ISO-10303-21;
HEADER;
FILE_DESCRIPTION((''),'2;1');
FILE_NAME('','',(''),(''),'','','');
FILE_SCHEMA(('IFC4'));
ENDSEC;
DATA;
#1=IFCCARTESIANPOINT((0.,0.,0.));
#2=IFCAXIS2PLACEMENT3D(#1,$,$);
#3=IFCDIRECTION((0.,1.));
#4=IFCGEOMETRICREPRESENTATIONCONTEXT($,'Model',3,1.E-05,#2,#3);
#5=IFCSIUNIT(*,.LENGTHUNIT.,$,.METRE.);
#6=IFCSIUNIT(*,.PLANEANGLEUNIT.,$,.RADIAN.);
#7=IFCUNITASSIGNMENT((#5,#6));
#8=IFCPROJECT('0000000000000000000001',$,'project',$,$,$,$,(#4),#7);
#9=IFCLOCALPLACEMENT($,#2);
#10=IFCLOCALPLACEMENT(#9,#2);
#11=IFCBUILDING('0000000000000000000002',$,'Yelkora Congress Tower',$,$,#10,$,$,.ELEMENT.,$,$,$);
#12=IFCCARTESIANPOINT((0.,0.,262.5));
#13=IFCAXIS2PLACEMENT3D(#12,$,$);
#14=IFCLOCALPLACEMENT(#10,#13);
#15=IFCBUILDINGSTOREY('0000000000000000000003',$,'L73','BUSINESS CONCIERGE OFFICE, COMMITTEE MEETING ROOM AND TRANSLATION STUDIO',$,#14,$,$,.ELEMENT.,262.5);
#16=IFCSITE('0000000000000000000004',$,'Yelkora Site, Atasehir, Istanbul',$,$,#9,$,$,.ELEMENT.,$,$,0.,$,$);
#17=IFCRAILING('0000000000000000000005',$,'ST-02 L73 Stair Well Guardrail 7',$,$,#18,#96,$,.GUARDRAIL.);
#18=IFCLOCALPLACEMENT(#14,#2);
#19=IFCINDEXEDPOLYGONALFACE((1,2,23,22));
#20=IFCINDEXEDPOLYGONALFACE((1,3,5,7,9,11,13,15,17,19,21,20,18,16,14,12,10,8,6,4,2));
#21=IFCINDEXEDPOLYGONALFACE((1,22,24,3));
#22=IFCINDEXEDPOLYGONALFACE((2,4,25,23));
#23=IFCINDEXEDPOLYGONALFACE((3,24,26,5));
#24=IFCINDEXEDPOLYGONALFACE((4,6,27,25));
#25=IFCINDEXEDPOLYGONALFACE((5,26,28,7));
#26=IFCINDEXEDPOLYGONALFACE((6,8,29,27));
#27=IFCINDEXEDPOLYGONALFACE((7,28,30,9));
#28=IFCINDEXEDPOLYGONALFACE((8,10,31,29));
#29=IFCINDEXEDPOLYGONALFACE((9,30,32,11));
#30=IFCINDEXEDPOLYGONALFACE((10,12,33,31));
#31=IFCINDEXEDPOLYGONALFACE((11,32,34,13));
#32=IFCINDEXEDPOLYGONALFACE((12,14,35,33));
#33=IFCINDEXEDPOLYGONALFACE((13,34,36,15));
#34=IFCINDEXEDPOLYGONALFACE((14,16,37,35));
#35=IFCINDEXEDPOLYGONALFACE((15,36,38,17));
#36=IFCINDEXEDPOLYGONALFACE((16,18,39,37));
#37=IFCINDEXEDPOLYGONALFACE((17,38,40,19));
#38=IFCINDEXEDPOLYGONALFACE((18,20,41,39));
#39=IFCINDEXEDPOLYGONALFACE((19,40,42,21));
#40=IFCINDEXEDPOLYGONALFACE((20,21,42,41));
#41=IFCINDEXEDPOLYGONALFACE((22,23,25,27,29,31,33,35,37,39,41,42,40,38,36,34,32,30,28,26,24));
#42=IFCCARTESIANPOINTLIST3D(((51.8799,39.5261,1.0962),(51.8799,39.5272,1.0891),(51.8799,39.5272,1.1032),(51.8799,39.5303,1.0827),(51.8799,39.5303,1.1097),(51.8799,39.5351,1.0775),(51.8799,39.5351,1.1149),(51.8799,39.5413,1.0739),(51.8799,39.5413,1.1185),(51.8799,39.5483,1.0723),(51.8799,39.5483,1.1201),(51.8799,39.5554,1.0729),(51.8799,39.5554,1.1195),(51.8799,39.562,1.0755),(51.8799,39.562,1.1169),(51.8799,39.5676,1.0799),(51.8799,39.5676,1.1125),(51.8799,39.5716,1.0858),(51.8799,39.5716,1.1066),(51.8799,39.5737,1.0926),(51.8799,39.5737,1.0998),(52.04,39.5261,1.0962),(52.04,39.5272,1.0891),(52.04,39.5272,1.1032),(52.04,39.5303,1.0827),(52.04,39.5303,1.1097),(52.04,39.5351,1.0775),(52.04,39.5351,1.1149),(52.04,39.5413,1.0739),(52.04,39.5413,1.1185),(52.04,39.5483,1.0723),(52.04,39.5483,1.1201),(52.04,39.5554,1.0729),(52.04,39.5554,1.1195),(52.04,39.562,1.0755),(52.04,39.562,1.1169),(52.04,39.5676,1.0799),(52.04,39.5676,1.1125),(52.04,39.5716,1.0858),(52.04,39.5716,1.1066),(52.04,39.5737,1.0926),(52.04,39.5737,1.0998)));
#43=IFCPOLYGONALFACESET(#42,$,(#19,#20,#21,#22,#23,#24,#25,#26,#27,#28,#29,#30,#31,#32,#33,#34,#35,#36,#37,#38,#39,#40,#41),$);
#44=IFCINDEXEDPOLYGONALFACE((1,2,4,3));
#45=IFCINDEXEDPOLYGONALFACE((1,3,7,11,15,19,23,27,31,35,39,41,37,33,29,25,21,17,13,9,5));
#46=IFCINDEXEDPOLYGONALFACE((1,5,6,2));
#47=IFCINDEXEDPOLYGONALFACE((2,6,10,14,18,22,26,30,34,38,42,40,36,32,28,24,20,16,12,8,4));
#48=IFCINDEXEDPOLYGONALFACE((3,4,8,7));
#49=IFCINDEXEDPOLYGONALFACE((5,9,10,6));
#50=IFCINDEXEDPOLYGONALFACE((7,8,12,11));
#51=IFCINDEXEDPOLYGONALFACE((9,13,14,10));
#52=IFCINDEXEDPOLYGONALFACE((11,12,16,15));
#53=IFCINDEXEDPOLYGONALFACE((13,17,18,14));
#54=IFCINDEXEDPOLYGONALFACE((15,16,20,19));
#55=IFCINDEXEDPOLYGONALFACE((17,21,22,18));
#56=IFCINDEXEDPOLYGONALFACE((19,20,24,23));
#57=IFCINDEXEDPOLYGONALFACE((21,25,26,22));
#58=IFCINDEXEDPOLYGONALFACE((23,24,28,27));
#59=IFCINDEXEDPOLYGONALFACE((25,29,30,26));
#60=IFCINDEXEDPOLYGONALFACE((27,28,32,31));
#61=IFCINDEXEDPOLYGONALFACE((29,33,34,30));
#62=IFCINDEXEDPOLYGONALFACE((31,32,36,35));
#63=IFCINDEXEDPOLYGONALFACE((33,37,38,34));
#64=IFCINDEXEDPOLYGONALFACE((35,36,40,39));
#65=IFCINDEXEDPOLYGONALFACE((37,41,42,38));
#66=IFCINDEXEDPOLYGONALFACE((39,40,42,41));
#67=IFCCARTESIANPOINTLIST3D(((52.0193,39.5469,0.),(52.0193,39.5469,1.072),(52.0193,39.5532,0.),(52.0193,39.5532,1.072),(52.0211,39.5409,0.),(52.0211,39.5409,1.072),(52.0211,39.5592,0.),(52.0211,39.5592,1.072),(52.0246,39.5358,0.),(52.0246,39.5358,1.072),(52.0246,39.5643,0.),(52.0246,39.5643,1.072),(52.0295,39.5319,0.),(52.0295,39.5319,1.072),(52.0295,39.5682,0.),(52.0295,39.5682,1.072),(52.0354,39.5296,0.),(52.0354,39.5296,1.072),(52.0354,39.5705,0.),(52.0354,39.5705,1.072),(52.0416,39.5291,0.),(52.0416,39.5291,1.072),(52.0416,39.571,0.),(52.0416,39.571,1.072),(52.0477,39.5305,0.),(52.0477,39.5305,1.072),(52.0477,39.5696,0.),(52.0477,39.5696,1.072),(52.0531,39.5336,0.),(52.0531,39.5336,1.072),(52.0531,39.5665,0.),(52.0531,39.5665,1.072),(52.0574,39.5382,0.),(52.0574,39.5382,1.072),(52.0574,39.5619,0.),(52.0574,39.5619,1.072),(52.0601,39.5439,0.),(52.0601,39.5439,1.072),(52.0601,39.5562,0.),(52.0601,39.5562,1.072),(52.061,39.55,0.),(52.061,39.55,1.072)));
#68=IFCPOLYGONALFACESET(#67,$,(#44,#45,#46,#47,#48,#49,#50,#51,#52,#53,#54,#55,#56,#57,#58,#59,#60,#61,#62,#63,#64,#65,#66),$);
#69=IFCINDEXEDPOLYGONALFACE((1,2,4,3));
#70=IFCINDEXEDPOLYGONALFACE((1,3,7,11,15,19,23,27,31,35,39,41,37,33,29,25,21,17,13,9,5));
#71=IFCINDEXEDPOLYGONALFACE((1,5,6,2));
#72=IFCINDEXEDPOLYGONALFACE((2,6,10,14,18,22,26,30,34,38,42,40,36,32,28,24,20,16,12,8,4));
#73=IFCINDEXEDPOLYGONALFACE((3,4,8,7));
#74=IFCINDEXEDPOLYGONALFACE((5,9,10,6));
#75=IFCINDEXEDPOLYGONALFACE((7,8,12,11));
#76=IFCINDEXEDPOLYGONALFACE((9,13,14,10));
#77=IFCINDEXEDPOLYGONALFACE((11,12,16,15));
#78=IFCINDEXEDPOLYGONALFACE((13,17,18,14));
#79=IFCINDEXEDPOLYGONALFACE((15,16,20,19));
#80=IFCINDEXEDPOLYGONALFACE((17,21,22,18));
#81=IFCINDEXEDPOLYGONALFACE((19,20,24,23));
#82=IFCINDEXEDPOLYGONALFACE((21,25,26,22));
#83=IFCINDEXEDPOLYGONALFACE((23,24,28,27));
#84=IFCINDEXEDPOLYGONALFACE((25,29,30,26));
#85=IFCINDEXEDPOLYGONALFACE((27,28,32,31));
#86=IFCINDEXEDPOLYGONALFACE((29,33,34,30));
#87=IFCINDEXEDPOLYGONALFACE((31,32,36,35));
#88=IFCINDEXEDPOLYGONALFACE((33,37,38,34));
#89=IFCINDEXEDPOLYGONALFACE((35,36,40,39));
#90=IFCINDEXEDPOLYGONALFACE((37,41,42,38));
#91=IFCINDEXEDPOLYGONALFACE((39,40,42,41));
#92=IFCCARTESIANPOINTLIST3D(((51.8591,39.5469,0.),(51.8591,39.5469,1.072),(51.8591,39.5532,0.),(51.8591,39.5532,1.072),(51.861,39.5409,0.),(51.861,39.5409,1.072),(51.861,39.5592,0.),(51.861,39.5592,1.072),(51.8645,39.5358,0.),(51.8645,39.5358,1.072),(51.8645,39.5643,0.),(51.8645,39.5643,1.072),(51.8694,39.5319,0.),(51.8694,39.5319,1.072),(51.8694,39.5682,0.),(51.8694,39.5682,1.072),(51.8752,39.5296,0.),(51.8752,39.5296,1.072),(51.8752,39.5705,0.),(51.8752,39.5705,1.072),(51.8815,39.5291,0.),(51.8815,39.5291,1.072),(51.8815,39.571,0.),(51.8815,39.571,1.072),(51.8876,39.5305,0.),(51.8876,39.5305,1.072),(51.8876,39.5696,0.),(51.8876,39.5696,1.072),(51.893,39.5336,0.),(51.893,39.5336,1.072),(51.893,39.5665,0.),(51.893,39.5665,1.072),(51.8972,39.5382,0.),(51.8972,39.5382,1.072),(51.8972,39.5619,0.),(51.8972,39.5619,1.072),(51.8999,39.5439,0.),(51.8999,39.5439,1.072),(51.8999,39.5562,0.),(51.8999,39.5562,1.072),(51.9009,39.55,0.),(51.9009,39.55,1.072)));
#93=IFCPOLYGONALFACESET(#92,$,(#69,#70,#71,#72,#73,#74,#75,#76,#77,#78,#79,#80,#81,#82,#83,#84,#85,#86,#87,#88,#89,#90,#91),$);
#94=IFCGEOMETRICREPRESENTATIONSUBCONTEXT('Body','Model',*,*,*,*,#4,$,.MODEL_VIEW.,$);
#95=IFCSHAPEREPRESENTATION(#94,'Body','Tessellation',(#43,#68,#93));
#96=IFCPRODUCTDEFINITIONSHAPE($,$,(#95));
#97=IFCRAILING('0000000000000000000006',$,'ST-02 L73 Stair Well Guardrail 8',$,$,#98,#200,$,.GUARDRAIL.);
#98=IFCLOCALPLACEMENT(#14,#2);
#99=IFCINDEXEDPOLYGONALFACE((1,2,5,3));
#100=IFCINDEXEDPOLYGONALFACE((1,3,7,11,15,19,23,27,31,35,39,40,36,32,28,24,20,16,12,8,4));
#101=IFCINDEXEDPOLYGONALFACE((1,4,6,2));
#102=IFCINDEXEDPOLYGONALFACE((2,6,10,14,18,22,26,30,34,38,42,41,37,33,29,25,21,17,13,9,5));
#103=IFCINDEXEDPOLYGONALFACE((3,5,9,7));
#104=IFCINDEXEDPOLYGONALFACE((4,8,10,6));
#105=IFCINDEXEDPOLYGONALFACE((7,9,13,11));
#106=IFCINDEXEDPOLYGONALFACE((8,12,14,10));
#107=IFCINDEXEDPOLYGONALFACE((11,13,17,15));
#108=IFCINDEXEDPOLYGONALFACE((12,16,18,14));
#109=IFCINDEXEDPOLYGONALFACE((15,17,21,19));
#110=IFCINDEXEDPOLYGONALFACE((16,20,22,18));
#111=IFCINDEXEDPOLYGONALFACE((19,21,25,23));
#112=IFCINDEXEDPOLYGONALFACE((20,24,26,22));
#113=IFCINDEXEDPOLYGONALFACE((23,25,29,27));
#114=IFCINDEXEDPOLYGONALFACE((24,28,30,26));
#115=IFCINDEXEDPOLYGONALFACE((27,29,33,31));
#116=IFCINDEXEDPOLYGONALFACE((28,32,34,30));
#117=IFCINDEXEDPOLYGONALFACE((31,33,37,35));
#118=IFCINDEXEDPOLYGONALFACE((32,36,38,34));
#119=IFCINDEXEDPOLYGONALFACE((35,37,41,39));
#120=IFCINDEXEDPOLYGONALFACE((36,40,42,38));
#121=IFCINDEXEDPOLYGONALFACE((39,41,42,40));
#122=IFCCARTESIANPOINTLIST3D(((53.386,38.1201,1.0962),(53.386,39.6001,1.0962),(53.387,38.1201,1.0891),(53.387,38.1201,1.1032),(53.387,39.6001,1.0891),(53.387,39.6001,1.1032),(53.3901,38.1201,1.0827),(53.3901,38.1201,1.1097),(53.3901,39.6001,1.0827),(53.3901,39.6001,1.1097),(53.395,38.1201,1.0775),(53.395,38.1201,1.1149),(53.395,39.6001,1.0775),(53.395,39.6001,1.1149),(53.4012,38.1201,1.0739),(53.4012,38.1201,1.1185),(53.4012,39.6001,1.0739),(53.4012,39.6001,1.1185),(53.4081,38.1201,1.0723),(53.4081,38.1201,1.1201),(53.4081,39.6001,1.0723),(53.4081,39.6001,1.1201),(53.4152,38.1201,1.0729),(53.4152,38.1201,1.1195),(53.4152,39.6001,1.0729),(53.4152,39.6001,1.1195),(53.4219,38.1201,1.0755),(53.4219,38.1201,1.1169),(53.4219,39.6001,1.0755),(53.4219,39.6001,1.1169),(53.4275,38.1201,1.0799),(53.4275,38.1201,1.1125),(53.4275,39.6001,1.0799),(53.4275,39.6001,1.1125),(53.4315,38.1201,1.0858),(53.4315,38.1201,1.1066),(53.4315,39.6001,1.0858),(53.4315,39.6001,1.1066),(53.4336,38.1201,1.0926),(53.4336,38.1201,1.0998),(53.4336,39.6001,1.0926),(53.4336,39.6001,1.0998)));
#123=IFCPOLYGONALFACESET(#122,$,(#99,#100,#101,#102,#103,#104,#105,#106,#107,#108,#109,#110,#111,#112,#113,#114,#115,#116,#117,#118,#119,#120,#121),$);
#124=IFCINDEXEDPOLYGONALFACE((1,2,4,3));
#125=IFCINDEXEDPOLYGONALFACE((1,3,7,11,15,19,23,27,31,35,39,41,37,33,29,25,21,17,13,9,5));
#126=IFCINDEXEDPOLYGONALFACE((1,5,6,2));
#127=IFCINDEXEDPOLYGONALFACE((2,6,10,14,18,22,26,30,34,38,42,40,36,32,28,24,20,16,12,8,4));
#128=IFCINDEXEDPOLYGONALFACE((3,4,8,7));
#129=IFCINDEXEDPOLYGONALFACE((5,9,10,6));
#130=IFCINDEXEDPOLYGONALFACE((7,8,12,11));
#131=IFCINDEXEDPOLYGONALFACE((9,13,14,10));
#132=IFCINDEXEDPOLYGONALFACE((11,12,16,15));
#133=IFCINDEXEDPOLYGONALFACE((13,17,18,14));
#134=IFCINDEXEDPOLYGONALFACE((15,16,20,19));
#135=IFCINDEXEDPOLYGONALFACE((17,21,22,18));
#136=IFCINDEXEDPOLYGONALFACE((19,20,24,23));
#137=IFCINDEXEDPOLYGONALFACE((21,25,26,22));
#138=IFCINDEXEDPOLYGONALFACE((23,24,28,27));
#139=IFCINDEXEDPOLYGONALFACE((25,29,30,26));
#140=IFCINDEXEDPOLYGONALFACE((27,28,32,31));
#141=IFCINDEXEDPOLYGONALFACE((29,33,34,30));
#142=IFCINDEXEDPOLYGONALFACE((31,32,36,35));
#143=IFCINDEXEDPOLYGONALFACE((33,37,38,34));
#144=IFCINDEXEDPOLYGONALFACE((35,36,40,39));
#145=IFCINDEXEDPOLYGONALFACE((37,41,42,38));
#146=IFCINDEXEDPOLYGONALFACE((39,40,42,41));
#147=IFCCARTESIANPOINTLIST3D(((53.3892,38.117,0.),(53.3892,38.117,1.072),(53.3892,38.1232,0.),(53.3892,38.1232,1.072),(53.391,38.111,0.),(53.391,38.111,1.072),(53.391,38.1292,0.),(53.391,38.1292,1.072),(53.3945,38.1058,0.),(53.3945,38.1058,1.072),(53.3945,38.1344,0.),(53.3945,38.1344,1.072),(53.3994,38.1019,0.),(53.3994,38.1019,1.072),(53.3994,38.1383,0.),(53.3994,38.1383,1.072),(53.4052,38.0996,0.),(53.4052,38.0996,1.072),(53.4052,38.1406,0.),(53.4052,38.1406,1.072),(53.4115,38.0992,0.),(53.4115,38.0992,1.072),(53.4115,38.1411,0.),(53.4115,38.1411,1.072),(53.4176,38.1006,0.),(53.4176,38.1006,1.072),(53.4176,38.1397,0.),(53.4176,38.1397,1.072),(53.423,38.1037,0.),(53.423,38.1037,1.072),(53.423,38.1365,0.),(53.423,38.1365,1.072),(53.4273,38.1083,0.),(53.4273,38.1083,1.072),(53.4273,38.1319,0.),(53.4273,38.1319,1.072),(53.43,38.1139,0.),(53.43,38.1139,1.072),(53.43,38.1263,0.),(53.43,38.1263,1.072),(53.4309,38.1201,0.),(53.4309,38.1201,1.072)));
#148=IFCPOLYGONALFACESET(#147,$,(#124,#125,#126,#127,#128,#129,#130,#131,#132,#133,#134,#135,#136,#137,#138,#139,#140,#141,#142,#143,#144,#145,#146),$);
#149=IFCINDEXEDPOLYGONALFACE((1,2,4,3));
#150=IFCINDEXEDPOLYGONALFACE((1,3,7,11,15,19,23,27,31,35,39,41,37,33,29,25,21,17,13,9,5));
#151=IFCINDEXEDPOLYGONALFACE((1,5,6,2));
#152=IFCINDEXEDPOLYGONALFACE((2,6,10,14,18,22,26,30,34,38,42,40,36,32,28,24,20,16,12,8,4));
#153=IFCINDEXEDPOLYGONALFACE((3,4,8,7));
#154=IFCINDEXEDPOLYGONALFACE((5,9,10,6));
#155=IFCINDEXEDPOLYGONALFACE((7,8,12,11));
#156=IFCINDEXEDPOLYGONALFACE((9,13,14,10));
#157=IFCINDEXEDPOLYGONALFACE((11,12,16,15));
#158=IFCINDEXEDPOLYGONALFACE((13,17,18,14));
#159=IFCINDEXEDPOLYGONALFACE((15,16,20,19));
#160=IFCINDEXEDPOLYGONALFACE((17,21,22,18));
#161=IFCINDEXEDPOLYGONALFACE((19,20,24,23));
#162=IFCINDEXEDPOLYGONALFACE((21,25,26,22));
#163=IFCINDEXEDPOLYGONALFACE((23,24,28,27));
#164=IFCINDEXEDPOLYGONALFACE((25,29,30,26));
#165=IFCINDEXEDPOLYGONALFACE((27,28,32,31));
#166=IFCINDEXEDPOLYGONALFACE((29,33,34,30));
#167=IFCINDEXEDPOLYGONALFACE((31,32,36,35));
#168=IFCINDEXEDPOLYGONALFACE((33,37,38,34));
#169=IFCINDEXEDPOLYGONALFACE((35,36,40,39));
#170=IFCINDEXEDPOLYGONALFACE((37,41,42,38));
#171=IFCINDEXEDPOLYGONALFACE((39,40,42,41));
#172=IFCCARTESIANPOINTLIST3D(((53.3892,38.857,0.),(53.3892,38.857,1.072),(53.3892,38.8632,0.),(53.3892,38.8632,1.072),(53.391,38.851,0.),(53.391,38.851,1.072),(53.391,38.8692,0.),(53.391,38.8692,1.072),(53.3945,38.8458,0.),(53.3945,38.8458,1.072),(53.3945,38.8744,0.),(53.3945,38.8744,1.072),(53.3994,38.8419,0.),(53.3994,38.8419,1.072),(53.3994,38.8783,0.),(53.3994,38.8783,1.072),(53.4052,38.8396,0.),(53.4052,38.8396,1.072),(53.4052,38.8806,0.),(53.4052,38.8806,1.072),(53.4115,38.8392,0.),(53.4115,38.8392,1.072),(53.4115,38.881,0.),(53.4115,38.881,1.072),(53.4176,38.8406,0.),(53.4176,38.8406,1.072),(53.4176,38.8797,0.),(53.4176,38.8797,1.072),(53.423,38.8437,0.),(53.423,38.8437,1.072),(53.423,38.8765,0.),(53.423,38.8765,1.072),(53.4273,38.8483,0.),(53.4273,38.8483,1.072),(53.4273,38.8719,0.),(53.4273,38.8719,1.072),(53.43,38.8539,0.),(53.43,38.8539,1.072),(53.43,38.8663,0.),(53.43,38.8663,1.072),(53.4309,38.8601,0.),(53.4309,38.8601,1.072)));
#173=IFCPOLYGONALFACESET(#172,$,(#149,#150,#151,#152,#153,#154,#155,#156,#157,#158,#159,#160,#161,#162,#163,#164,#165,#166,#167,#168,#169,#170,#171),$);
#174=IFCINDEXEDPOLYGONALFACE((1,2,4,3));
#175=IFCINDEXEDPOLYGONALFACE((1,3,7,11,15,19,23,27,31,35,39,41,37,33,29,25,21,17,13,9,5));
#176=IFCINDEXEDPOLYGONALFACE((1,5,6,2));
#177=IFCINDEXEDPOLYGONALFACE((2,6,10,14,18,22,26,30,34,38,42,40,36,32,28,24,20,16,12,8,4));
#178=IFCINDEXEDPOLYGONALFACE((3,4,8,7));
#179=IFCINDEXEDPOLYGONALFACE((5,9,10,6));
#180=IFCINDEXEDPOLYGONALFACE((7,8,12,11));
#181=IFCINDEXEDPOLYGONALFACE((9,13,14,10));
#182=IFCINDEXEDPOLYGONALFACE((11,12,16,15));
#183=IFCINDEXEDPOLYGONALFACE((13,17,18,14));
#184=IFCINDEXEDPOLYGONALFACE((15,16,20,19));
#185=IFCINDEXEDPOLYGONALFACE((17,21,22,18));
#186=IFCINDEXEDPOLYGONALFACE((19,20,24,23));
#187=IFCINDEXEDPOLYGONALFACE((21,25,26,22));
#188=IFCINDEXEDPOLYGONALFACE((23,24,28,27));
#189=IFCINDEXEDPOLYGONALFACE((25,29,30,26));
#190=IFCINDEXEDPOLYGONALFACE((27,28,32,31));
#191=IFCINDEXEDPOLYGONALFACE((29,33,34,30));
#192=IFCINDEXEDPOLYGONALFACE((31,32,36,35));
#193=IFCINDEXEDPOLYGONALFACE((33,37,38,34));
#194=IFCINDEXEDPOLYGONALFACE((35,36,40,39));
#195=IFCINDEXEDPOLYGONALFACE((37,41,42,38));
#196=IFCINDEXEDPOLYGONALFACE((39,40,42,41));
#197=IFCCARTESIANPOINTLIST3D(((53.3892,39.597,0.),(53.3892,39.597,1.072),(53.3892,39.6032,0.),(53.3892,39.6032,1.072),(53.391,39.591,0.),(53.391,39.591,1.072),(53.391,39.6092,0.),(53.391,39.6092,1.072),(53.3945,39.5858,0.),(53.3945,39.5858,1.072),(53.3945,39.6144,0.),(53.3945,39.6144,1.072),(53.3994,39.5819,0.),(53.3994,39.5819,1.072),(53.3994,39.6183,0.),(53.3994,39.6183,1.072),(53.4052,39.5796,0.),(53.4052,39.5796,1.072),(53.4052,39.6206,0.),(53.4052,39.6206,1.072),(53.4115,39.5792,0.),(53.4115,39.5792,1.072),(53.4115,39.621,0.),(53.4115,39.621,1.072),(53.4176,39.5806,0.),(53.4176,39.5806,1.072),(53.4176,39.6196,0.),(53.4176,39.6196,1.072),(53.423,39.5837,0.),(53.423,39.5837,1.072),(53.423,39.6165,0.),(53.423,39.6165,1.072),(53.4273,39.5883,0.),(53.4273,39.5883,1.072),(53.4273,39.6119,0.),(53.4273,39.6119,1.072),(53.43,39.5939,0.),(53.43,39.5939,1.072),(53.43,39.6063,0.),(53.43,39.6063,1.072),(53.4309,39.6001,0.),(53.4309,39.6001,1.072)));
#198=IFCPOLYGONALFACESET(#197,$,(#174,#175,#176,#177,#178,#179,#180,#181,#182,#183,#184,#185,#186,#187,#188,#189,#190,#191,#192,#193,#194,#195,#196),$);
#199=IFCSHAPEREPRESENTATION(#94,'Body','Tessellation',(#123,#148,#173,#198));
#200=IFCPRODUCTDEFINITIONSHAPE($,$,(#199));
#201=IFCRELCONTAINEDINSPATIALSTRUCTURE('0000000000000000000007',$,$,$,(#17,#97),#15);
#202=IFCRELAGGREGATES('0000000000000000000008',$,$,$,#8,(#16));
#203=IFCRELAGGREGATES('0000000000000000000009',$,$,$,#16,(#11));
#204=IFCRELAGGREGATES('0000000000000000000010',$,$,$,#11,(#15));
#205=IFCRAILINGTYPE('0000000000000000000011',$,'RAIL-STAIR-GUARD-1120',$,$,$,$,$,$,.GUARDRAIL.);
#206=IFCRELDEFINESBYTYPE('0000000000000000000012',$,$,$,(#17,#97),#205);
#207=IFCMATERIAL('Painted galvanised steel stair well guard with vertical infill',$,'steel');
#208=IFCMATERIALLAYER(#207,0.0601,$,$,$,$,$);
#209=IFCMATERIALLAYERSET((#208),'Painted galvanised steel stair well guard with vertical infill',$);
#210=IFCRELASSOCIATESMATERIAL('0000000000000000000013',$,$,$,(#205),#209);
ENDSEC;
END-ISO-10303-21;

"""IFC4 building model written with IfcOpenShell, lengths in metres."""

from ifc_helpers import new_model, si_unit, direction, frame, origin, origin_2d, place, context, subcontext, project, spatial, circle, extrude, material, layer, layer_set, type_object, element, save


model = new_model("IFC4")

# Units and contexts
model_context = context("Model", 3, precision=1e-05, world=origin(), true_north=direction((0.0, 1.0)))
body_context = subcontext(model_context, "Body", "Model", "MODEL_VIEW")
ifc_project = project(units=[si_unit("LENGTHUNIT", "METRE"), si_unit("PLANEANGLEUNIT", "RADIAN")], contexts=[model_context])

# Site, building, storey
site_placement = place(None, origin())
site = spatial("IfcSite", under=ifc_project, at=site_placement, Name="Yelkora Site, Atasehir, Istanbul", CompositionType="ELEMENT", RefElevation=0.0)
building_placement = place(site_placement, origin())
building = spatial("IfcBuilding", under=site, at=building_placement, Name="Yelkora Congress Tower", CompositionType="ELEMENT")
storey_placement = place(building_placement, frame((0.0, 0.0, 262.5)))
storey = spatial("IfcBuildingStorey", under=building, at=storey_placement, Name="L73", Description="BUSINESS CONCIERGE OFFICE, COMMITTEE MEETING ROOM AND TRANSLATION STUDIO", CompositionType="ELEMENT", Elevation=262.5)

# Railings
ifc_material_1 = material(Name="Painted galvanised steel stair well guard with vertical infill", Category="steel")
ifc_layer_1 = layer(ifc_material_1, 0.0601)
ifc_layer_set_1 = layer_set([ifc_layer_1], Name="Painted galvanised steel stair well guard with vertical infill")
railing_type_1 = type_object("IfcRailingType", Name="RAIL-STAIR-GUARD-1120", PredefinedType="GUARDRAIL", material=ifc_layer_set_1)
railing_1_placement = place(storey_placement, frame((52.04, 39.55, 0.0)))
element("IfcRailing", 1, at=railing_1_placement, inside=storey, type_object=railing_type_1, Name="ST-02 L73 Stair Well Guardrail 7", PredefinedType="GUARDRAIL", context=body_context, shape_type="SweptSolid", body=[
    extrude(circle(Radius=0.0239, at=origin_2d()), frame((0.0, 0.0, 1.0962), z_axis=(-1.0, 0.0, 0.0), x_axis=(0.0, -1.0, 0.0)), (0.0, 0.0, 1.0), 0.1602),
    extrude(circle(Radius=0.021, at=origin_2d()), origin(), (0.0, 0.0, 1.0), 1.072),
    extrude(circle(Radius=0.021, at=origin_2d()), frame((-0.1602, 0.0, 0.0)), (0.0, 0.0, 1.0), 1.072),
])
for number, where, name in (
    (2, (53.4099, 38.1201, 0.0), "ST-02 L73 Stair Well Guardrail 8"),
):
    element("IfcRailing", number, at=place(storey_placement, frame(where)), inside=storey, type_object=railing_type_1, Name=name, PredefinedType="GUARDRAIL", context=body_context, shape_type="SweptSolid", body=[
        extrude(circle(Radius=0.0239, at=origin_2d()), frame((0.0, 0.0, 1.0962), z_axis=(0.0, 1.0, 0.0), x_axis=(-1.0, 0.0, 0.0)), (0.0, 0.0, 1.0), 1.48),
        extrude(circle(Radius=0.021, at=origin_2d()), origin(), (0.0, 0.0, 1.0), 1.072),
        extrude(circle(Radius=0.021, at=origin_2d()), frame((0.0, 0.74, 0.0)), (0.0, 0.0, 1.0), 1.072),
        extrude(circle(Radius=0.021, at=origin_2d()), frame((0.0, 1.48, 0.0)), (0.0, 0.0, 1.0), 1.072),
    ])

save(model, "model.ifc")
